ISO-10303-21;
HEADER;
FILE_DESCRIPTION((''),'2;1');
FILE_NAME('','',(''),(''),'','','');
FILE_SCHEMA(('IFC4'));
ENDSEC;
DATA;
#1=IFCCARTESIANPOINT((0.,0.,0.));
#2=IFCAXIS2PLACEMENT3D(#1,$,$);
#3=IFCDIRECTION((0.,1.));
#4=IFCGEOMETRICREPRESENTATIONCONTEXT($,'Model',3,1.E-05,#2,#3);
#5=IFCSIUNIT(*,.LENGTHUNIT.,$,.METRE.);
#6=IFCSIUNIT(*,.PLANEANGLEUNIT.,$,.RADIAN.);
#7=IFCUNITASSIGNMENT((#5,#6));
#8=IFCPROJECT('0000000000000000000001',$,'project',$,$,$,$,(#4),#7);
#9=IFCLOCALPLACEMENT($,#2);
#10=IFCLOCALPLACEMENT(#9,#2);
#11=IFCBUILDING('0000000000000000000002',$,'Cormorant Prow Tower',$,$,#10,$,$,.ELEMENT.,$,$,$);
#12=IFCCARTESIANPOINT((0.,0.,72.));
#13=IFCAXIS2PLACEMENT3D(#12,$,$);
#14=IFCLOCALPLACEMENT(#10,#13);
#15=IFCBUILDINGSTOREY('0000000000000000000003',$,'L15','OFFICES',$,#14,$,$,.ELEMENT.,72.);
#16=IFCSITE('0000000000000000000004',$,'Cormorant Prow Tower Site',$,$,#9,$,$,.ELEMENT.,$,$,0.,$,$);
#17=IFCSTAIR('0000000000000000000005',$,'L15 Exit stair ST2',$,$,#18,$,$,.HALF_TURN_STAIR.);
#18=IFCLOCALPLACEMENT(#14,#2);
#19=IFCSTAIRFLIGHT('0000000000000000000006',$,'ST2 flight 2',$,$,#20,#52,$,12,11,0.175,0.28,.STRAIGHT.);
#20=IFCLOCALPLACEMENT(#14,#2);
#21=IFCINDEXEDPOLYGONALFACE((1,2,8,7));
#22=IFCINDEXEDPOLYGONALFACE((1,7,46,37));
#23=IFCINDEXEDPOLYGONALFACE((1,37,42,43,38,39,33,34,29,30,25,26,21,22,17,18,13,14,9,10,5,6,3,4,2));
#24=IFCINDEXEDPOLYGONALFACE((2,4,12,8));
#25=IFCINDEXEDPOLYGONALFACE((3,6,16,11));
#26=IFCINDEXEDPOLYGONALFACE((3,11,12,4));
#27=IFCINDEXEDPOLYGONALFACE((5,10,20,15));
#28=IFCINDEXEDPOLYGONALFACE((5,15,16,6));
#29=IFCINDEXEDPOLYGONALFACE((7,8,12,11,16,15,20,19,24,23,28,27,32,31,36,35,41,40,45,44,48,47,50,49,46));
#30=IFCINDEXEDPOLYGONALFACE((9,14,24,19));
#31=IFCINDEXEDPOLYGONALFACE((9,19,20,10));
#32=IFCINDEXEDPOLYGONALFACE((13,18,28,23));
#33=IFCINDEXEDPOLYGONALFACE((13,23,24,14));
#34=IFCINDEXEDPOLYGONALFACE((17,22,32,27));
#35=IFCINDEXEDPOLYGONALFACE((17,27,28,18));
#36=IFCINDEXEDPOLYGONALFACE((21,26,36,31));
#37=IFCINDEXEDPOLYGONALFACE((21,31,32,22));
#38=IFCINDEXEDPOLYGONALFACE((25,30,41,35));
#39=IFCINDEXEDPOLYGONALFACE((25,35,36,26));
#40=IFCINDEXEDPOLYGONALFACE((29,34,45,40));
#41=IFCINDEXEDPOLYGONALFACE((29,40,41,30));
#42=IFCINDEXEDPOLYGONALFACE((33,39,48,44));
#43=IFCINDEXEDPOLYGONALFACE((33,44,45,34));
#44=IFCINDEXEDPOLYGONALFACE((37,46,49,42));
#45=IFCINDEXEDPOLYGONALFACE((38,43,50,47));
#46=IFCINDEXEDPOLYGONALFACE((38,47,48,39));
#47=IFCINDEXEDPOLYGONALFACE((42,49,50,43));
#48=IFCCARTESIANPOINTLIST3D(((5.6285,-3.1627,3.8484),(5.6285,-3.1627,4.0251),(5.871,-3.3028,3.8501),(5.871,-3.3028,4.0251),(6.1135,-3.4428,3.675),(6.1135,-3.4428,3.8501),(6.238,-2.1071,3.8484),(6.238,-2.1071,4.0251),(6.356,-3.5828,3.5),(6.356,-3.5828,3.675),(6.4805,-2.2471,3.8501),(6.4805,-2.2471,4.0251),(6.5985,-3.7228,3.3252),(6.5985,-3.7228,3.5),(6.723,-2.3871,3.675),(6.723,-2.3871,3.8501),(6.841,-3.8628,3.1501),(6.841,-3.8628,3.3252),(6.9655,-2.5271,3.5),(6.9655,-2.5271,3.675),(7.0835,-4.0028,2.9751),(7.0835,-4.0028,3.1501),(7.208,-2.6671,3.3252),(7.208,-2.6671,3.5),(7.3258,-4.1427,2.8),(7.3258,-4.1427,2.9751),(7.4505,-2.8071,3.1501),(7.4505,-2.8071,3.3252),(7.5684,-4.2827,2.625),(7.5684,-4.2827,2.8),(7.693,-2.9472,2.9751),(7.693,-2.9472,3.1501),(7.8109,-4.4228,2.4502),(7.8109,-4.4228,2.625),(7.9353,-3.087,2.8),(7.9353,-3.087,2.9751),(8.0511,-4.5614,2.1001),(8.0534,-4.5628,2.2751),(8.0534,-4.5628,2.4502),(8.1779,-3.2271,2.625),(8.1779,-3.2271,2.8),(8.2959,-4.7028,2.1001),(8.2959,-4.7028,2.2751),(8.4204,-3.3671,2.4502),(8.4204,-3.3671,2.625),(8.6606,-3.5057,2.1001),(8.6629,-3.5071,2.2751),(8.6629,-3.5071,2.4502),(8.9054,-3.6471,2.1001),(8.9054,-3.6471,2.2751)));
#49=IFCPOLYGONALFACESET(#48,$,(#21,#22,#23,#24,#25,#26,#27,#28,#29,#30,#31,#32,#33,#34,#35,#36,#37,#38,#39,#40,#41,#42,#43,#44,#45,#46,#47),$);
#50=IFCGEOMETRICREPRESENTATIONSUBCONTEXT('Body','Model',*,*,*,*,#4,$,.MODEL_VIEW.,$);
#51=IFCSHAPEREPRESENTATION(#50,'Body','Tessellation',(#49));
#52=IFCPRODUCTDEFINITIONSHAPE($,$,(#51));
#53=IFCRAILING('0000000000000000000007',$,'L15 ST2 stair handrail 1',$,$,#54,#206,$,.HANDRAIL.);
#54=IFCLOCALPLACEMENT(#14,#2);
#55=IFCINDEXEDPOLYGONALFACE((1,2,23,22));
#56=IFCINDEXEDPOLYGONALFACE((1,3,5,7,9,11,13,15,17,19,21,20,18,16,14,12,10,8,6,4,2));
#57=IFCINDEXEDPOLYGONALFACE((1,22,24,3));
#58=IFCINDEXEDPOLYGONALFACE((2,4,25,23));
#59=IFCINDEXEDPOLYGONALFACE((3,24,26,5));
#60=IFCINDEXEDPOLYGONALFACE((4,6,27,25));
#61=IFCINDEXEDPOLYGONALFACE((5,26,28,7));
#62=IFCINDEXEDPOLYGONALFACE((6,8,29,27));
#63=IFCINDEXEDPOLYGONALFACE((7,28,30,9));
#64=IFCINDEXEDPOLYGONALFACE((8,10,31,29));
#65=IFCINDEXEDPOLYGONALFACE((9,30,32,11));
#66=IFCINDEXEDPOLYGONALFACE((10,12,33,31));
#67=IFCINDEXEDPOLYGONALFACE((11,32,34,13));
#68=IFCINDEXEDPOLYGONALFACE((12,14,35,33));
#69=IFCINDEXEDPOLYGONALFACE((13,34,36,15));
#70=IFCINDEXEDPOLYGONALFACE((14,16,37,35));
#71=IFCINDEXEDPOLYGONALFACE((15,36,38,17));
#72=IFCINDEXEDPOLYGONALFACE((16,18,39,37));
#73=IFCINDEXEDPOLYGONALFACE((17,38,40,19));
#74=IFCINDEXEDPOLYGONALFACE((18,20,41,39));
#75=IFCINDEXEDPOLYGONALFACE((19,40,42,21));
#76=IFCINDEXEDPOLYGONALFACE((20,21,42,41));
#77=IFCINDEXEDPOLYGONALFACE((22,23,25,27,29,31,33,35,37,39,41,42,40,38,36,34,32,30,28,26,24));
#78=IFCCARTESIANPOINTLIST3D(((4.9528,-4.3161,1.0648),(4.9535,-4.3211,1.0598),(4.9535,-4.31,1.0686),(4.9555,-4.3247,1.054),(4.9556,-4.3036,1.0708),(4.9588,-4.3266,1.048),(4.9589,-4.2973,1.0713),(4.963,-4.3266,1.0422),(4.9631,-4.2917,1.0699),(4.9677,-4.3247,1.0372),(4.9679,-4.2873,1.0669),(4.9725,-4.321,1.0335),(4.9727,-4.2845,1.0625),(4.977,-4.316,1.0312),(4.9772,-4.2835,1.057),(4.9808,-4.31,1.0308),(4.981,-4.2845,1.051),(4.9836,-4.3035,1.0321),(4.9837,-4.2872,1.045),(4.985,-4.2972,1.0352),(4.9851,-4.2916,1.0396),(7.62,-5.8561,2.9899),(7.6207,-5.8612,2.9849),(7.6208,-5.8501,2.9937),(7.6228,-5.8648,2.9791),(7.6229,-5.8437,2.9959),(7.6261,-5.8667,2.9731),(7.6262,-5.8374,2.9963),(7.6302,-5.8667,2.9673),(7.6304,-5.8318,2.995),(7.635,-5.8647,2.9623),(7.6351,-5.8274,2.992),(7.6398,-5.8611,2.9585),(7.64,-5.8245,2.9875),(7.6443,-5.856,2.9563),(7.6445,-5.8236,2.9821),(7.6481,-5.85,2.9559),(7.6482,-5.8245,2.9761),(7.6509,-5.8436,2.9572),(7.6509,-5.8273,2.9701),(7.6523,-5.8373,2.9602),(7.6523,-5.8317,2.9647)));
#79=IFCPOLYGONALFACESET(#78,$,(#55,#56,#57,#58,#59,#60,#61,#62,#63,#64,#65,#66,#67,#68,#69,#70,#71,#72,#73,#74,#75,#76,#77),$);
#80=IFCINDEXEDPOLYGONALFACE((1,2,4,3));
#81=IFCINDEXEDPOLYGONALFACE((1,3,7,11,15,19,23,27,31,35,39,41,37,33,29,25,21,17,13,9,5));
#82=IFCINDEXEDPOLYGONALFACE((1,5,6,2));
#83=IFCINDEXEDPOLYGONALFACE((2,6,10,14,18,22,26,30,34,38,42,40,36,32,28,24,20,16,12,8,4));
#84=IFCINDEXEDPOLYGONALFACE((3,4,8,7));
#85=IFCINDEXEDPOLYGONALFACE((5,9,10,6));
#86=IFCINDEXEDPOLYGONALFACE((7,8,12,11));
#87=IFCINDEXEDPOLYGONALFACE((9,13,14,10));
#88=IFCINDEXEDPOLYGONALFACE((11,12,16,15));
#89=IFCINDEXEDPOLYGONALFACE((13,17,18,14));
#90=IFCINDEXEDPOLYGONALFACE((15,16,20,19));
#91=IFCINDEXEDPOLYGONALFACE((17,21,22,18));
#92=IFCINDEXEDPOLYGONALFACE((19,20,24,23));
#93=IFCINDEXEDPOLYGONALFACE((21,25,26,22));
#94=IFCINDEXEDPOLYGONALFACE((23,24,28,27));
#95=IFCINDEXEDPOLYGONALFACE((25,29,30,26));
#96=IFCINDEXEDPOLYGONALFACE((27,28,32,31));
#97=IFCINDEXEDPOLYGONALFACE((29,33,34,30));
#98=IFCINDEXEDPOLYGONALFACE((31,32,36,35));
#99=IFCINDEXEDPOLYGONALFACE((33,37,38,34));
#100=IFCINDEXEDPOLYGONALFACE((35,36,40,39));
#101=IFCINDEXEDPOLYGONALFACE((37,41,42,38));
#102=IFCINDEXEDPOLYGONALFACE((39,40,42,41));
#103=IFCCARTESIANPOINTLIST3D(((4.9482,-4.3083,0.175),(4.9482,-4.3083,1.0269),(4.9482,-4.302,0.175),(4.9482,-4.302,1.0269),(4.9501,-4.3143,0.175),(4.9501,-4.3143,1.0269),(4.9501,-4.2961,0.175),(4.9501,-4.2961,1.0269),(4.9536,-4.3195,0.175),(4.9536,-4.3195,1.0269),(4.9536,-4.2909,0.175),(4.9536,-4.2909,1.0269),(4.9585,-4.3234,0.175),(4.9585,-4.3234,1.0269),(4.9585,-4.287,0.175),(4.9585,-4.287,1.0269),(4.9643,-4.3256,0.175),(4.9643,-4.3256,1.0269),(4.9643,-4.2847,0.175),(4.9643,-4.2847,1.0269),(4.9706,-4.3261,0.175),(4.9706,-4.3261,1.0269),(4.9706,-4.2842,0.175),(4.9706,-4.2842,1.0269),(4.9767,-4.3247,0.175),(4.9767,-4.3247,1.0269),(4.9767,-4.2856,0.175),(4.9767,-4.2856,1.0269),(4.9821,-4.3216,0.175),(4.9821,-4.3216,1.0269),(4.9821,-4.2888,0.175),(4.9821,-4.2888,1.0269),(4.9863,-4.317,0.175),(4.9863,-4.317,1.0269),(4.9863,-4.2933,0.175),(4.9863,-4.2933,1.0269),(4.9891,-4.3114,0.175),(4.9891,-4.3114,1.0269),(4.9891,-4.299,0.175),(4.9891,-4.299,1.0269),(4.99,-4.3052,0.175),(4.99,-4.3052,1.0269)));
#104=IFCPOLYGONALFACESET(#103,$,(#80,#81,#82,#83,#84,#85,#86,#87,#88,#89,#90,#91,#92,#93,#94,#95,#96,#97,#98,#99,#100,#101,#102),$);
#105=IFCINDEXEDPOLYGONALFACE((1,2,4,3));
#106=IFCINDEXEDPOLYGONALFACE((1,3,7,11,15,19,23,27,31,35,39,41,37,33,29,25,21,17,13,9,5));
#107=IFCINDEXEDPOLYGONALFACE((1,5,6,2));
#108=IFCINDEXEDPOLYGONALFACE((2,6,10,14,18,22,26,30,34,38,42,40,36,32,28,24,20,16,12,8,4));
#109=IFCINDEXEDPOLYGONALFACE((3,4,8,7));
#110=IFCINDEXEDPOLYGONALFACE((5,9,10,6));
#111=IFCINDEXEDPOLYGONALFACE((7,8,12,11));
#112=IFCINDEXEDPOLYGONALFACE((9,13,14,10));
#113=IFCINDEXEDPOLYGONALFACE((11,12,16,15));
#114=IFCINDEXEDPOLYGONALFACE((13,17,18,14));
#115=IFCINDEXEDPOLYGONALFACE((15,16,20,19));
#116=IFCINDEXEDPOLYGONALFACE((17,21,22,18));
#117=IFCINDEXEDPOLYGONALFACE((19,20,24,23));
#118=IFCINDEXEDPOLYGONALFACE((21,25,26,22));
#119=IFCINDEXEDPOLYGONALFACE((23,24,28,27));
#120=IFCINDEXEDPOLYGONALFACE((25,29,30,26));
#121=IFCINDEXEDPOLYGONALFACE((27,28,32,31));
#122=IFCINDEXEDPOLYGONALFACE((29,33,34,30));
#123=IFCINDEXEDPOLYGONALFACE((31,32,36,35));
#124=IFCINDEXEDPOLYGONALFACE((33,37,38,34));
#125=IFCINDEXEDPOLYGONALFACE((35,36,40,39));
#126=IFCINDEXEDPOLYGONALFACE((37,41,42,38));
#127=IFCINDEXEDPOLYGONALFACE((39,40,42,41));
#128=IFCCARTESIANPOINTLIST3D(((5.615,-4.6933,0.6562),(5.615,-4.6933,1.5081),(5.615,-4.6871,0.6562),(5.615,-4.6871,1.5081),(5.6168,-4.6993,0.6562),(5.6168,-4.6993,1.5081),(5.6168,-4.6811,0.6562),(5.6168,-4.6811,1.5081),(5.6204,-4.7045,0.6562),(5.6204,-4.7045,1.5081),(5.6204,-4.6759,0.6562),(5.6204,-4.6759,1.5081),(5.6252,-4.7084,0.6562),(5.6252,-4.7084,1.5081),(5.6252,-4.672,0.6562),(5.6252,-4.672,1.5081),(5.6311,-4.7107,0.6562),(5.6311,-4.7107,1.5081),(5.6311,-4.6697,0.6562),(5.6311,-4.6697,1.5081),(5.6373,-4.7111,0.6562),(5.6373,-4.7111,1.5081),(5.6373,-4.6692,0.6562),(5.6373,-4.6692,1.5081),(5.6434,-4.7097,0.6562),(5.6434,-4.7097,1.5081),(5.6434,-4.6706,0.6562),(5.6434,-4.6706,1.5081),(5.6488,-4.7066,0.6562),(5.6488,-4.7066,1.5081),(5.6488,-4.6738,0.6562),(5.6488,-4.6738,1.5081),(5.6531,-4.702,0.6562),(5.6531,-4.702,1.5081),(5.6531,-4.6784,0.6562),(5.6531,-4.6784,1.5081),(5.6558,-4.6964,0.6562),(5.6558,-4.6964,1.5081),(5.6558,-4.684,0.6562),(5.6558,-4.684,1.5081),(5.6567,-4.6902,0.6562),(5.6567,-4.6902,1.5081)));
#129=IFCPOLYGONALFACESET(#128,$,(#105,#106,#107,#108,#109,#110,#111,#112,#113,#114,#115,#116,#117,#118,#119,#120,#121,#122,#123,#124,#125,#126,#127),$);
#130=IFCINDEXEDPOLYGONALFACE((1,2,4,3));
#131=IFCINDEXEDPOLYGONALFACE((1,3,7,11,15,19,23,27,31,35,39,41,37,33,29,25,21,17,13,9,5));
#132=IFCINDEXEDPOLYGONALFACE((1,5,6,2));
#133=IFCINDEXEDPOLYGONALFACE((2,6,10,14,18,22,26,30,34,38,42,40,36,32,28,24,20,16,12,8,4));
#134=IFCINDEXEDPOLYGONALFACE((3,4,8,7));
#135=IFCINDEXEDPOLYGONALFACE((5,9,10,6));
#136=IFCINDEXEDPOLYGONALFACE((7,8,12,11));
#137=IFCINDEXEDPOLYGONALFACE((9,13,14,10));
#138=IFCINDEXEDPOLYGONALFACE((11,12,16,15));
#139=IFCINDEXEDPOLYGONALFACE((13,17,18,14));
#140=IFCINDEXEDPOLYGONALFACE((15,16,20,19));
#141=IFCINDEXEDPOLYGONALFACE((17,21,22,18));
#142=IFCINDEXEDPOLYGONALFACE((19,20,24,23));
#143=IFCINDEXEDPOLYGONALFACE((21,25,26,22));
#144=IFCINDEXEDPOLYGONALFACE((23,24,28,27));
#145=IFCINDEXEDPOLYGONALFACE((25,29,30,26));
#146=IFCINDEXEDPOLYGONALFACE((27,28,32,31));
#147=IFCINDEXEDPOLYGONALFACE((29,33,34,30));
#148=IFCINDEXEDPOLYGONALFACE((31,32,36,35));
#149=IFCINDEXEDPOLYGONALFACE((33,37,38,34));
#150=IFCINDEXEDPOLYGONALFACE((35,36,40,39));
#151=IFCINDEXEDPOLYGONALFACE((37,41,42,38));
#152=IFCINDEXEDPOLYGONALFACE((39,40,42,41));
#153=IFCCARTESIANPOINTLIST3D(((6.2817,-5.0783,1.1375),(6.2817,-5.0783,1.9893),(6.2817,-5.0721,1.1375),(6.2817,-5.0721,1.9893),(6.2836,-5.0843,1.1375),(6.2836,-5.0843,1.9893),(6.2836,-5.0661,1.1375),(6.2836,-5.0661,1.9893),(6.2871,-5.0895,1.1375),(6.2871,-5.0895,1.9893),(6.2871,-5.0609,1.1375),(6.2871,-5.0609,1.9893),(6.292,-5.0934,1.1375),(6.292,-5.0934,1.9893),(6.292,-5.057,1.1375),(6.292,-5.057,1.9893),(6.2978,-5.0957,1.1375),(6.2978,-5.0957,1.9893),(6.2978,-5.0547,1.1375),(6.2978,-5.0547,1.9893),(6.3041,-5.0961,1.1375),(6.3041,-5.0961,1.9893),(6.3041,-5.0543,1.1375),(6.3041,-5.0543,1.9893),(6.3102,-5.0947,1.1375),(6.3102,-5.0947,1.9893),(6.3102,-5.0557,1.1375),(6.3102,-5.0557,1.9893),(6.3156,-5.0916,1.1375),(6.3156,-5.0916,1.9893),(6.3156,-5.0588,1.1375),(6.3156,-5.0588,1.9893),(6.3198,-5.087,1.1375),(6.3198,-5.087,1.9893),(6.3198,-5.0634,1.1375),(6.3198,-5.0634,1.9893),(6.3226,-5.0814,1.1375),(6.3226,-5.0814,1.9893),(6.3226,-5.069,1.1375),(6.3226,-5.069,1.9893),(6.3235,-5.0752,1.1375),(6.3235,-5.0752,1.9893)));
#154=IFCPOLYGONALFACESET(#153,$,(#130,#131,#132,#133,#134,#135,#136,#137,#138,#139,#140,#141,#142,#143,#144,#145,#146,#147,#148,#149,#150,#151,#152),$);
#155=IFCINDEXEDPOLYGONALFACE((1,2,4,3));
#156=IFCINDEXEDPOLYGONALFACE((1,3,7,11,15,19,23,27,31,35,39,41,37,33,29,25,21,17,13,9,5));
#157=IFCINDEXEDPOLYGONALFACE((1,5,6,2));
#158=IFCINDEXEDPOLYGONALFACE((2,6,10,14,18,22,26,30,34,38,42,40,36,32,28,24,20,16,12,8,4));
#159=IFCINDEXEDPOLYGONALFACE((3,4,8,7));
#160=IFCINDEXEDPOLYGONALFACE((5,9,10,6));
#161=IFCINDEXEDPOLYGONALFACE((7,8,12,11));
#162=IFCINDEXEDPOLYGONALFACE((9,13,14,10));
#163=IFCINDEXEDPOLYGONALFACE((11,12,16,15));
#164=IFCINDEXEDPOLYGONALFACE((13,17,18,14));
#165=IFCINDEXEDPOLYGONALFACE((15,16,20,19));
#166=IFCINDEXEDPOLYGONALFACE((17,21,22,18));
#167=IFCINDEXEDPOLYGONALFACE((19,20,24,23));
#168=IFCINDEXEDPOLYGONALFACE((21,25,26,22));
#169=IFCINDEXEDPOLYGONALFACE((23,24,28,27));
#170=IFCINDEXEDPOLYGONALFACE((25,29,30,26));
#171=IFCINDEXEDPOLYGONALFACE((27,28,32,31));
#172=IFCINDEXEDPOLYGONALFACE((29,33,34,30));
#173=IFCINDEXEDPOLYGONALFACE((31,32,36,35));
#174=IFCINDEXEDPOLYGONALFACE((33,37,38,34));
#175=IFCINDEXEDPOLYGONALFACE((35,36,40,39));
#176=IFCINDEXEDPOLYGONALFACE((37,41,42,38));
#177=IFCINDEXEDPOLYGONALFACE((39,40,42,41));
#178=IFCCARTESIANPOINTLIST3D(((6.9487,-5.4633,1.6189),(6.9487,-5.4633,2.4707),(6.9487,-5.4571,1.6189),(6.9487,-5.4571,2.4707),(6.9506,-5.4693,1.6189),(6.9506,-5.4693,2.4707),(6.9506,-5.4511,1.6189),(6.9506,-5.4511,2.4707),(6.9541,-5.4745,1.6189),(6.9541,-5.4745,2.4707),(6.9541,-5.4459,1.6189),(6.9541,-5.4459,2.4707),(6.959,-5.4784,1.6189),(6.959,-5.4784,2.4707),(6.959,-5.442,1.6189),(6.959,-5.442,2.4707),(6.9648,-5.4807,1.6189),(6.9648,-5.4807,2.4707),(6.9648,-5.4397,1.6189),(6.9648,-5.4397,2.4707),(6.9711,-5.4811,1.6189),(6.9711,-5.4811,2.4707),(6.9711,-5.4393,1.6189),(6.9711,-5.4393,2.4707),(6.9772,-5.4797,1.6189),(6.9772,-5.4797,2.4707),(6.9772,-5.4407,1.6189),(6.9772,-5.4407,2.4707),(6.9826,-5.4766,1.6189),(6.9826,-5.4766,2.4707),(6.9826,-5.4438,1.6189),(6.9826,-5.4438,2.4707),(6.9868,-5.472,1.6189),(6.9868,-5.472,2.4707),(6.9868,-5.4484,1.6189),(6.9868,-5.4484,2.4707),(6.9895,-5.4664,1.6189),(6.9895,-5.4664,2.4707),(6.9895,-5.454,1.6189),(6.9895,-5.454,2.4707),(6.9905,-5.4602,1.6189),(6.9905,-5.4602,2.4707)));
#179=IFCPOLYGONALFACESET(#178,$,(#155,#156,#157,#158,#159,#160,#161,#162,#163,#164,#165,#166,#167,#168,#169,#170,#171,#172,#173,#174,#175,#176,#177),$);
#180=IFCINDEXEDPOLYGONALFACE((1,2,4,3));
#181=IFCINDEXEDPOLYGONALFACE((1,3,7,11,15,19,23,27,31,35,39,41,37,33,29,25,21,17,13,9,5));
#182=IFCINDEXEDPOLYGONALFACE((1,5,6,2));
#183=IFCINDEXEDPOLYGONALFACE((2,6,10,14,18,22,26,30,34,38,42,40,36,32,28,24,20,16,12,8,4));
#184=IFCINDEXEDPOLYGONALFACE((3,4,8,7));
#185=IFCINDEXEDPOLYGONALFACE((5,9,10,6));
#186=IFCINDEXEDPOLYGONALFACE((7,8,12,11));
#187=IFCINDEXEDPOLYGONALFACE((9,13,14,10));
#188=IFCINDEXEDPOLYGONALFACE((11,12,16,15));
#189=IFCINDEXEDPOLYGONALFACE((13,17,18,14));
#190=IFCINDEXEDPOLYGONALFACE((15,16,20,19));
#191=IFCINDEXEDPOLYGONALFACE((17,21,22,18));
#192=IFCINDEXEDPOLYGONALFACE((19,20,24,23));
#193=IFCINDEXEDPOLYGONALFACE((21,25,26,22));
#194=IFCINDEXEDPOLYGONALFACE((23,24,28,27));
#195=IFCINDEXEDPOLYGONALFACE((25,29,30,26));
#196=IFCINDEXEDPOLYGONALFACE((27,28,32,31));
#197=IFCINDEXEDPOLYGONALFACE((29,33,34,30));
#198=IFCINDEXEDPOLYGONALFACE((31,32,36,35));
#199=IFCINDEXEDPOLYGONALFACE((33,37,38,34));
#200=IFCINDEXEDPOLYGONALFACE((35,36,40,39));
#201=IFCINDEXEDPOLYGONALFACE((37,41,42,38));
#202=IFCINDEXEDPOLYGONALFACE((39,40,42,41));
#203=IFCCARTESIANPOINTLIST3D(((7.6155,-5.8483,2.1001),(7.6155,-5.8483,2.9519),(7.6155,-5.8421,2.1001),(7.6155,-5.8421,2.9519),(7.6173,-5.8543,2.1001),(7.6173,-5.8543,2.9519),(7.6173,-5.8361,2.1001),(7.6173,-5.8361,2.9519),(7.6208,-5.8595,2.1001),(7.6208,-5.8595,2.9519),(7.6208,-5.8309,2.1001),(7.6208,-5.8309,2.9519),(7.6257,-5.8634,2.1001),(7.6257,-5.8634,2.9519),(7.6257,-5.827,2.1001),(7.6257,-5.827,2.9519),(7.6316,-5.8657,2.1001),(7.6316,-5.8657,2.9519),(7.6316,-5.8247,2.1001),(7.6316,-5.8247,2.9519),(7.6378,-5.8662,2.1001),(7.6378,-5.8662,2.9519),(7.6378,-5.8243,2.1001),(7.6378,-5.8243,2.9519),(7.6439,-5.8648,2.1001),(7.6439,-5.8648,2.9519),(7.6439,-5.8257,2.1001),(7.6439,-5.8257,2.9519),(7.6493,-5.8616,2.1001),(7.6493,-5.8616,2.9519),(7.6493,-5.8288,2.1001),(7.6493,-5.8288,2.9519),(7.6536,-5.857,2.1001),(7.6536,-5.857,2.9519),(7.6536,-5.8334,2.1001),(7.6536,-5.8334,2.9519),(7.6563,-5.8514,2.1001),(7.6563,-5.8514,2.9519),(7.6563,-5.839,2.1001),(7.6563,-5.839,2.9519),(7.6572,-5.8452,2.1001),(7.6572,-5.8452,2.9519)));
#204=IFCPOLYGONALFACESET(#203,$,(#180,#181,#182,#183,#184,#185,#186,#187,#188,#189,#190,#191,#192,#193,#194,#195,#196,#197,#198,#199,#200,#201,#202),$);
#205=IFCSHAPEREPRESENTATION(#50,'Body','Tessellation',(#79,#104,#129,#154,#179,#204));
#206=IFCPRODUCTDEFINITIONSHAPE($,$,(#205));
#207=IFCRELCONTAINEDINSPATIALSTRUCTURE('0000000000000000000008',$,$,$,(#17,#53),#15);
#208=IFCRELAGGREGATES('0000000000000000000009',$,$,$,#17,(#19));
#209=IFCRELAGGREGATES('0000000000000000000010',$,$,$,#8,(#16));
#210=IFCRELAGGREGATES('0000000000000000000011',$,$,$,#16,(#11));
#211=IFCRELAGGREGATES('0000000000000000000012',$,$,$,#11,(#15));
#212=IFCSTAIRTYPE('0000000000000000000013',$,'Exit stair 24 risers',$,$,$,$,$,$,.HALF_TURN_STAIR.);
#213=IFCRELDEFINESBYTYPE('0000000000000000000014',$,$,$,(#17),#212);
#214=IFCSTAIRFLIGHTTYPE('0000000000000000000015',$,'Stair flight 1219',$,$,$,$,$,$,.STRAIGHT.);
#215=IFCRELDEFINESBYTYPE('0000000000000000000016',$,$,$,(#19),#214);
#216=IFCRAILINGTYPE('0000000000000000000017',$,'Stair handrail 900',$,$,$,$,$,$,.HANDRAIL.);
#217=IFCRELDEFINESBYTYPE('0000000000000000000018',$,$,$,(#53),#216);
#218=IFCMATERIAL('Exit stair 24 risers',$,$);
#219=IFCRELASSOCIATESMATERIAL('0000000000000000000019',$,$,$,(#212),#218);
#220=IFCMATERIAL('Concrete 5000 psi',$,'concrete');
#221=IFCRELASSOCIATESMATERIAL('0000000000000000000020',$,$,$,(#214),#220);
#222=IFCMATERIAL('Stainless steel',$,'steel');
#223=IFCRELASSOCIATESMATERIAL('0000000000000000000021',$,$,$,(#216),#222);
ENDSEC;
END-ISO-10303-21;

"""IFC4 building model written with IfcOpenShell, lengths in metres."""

from ifc_helpers import new_model, si_unit, direction, frame, origin, origin_2d, place, context, subcontext, project, spatial, polyline, circle, outline, extrude, material, type_object, element, aggregate, save


model = new_model("IFC4")

# Units and contexts
model_context = context("Model", 3, precision=1e-05, world=origin(), true_north=direction((0.0, 1.0)))
body_context = subcontext(model_context, "Body", "Model", "MODEL_VIEW")
ifc_project = project(units=[si_unit("LENGTHUNIT", "METRE"), si_unit("PLANEANGLEUNIT", "RADIAN")], contexts=[model_context])

# Site, building, storey
site_placement = place(None, origin())
site = spatial("IfcSite", under=ifc_project, at=site_placement, Name="Cormorant Prow Tower Site", CompositionType="ELEMENT", RefElevation=0.0)
building_placement = place(site_placement, origin())
building = spatial("IfcBuilding", under=site, at=building_placement, Name="Cormorant Prow Tower", CompositionType="ELEMENT")
storey_placement = place(building_placement, frame((0.0, 0.0, 72.0)))
storey = spatial("IfcBuildingStorey", under=building, at=storey_placement, Name="L15", Description="OFFICES", CompositionType="ELEMENT", Elevation=72.0)

# Stair, stair flight
ifc_material_1 = material(Name="Exit stair 24 risers")
stair_type = type_object("IfcStairType", Name="Exit stair 24 risers", PredefinedType="HALF_TURN_STAIR", material=ifc_material_1)
stair_placement = place(storey_placement, origin())
stair = element("IfcStair", 1, at=stair_placement, inside=storey, type_object=stair_type, Name="L15 Exit stair ST2", PredefinedType="HALF_TURN_STAIR")
ifc_material_2 = material(Name="Concrete 5000 psi", Category="concrete")
stair_flight_type = type_object("IfcStairFlightType", Name="Stair flight 1219", PredefinedType="STRAIGHT", material=ifc_material_2)
stair_flight_1_placement = place(storey_placement, frame((8.6006, -4.175, 2.1001), z_axis=(0.0, 0.0, 1.0), x_axis=(-0.866025, 0.5, 0.0)))
stair_flight_1 = element("IfcStairFlight", 2, at=stair_flight_1_placement, type_object=stair_flight_type, Name="ST2 flight 2", NumberOfRisers=12, NumberOfTreads=11, PredefinedType="STRAIGHT", RiserHeight=0.175, TreadLength=0.28, context=body_context, shape_type="SweptSolid", body=[
    extrude(outline(polyline([(0.0, 0.0), (0.0, 0.175), (0.28, 0.175), (0.28, 0.3501), (0.5601, 0.3501), (0.5601, 0.5249), (0.8401, 0.5249), (0.8401, 0.7), (1.1201, 0.7), (1.1201, 0.875), (1.3999, 0.875), (1.3999, 1.05), (1.6799, 1.05), (1.6799, 1.2251), (1.96, 1.2251), (1.96, 1.3999), (2.24, 1.3999), (2.24, 1.575), (2.52, 1.575), (2.52, 1.75), (2.8, 1.75), (2.8, 1.925), (3.0801, 1.925), (3.0801, 2.1001), (3.0801, 1.7483), (0.2827, 0.0), (0.0, 0.0)])), frame((0.0, 0.6094, 0.0), z_axis=(0.0, -1.0, 0.0), x_axis=(1.0, 0.0, 0.0)), (0.0, 0.0, 1.0), 1.219),
])
aggregate(stair, [stair_flight_1])

# Railing
ifc_material_3 = material(Name="Stainless steel", Category="steel")
railing_type_1 = type_object("IfcRailingType", Name="Stair handrail 900", PredefinedType="HANDRAIL", material=ifc_material_3)
railing_1_placement = place(storey_placement, frame((4.969, -4.3052, 0.175)))
element("IfcRailing", 3, at=railing_1_placement, inside=storey, type_object=railing_type_1, Name="L15 ST2 stair handrail 1", PredefinedType="HANDRAIL", context=body_context, shape_type="SweptSolid", body=[
    extrude(circle(Radius=0.0239, at=origin_2d()), frame((0.0, 0.0, 0.876), z_axis=(0.734364, -0.424015, 0.530019), x_axis=(0.500027, 0.86601, 0.0)), (0.0, 0.0, 1.0), 3.6321),
    extrude(circle(Radius=0.021, at=origin_2d()), origin(), (0.0, 0.0, 1.0), 0.8518),
    extrude(circle(Radius=0.021, at=origin_2d()), frame((0.6667, -0.385, 0.4812)), (0.0, 0.0, 1.0), 0.8518),
    extrude(circle(Radius=0.021, at=origin_2d()), frame((1.3335, -0.77, 0.9624)), (0.0, 0.0, 1.0), 0.8518),
    extrude(circle(Radius=0.021, at=origin_2d()), frame((2.0005, -1.155, 1.4438)), (0.0, 0.0, 1.0), 0.8518),
    extrude(circle(Radius=0.021, at=origin_2d()), frame((2.6672, -1.54, 1.925)), (0.0, 0.0, 1.0), 0.8518),
])

save(model, "model.ifc")
